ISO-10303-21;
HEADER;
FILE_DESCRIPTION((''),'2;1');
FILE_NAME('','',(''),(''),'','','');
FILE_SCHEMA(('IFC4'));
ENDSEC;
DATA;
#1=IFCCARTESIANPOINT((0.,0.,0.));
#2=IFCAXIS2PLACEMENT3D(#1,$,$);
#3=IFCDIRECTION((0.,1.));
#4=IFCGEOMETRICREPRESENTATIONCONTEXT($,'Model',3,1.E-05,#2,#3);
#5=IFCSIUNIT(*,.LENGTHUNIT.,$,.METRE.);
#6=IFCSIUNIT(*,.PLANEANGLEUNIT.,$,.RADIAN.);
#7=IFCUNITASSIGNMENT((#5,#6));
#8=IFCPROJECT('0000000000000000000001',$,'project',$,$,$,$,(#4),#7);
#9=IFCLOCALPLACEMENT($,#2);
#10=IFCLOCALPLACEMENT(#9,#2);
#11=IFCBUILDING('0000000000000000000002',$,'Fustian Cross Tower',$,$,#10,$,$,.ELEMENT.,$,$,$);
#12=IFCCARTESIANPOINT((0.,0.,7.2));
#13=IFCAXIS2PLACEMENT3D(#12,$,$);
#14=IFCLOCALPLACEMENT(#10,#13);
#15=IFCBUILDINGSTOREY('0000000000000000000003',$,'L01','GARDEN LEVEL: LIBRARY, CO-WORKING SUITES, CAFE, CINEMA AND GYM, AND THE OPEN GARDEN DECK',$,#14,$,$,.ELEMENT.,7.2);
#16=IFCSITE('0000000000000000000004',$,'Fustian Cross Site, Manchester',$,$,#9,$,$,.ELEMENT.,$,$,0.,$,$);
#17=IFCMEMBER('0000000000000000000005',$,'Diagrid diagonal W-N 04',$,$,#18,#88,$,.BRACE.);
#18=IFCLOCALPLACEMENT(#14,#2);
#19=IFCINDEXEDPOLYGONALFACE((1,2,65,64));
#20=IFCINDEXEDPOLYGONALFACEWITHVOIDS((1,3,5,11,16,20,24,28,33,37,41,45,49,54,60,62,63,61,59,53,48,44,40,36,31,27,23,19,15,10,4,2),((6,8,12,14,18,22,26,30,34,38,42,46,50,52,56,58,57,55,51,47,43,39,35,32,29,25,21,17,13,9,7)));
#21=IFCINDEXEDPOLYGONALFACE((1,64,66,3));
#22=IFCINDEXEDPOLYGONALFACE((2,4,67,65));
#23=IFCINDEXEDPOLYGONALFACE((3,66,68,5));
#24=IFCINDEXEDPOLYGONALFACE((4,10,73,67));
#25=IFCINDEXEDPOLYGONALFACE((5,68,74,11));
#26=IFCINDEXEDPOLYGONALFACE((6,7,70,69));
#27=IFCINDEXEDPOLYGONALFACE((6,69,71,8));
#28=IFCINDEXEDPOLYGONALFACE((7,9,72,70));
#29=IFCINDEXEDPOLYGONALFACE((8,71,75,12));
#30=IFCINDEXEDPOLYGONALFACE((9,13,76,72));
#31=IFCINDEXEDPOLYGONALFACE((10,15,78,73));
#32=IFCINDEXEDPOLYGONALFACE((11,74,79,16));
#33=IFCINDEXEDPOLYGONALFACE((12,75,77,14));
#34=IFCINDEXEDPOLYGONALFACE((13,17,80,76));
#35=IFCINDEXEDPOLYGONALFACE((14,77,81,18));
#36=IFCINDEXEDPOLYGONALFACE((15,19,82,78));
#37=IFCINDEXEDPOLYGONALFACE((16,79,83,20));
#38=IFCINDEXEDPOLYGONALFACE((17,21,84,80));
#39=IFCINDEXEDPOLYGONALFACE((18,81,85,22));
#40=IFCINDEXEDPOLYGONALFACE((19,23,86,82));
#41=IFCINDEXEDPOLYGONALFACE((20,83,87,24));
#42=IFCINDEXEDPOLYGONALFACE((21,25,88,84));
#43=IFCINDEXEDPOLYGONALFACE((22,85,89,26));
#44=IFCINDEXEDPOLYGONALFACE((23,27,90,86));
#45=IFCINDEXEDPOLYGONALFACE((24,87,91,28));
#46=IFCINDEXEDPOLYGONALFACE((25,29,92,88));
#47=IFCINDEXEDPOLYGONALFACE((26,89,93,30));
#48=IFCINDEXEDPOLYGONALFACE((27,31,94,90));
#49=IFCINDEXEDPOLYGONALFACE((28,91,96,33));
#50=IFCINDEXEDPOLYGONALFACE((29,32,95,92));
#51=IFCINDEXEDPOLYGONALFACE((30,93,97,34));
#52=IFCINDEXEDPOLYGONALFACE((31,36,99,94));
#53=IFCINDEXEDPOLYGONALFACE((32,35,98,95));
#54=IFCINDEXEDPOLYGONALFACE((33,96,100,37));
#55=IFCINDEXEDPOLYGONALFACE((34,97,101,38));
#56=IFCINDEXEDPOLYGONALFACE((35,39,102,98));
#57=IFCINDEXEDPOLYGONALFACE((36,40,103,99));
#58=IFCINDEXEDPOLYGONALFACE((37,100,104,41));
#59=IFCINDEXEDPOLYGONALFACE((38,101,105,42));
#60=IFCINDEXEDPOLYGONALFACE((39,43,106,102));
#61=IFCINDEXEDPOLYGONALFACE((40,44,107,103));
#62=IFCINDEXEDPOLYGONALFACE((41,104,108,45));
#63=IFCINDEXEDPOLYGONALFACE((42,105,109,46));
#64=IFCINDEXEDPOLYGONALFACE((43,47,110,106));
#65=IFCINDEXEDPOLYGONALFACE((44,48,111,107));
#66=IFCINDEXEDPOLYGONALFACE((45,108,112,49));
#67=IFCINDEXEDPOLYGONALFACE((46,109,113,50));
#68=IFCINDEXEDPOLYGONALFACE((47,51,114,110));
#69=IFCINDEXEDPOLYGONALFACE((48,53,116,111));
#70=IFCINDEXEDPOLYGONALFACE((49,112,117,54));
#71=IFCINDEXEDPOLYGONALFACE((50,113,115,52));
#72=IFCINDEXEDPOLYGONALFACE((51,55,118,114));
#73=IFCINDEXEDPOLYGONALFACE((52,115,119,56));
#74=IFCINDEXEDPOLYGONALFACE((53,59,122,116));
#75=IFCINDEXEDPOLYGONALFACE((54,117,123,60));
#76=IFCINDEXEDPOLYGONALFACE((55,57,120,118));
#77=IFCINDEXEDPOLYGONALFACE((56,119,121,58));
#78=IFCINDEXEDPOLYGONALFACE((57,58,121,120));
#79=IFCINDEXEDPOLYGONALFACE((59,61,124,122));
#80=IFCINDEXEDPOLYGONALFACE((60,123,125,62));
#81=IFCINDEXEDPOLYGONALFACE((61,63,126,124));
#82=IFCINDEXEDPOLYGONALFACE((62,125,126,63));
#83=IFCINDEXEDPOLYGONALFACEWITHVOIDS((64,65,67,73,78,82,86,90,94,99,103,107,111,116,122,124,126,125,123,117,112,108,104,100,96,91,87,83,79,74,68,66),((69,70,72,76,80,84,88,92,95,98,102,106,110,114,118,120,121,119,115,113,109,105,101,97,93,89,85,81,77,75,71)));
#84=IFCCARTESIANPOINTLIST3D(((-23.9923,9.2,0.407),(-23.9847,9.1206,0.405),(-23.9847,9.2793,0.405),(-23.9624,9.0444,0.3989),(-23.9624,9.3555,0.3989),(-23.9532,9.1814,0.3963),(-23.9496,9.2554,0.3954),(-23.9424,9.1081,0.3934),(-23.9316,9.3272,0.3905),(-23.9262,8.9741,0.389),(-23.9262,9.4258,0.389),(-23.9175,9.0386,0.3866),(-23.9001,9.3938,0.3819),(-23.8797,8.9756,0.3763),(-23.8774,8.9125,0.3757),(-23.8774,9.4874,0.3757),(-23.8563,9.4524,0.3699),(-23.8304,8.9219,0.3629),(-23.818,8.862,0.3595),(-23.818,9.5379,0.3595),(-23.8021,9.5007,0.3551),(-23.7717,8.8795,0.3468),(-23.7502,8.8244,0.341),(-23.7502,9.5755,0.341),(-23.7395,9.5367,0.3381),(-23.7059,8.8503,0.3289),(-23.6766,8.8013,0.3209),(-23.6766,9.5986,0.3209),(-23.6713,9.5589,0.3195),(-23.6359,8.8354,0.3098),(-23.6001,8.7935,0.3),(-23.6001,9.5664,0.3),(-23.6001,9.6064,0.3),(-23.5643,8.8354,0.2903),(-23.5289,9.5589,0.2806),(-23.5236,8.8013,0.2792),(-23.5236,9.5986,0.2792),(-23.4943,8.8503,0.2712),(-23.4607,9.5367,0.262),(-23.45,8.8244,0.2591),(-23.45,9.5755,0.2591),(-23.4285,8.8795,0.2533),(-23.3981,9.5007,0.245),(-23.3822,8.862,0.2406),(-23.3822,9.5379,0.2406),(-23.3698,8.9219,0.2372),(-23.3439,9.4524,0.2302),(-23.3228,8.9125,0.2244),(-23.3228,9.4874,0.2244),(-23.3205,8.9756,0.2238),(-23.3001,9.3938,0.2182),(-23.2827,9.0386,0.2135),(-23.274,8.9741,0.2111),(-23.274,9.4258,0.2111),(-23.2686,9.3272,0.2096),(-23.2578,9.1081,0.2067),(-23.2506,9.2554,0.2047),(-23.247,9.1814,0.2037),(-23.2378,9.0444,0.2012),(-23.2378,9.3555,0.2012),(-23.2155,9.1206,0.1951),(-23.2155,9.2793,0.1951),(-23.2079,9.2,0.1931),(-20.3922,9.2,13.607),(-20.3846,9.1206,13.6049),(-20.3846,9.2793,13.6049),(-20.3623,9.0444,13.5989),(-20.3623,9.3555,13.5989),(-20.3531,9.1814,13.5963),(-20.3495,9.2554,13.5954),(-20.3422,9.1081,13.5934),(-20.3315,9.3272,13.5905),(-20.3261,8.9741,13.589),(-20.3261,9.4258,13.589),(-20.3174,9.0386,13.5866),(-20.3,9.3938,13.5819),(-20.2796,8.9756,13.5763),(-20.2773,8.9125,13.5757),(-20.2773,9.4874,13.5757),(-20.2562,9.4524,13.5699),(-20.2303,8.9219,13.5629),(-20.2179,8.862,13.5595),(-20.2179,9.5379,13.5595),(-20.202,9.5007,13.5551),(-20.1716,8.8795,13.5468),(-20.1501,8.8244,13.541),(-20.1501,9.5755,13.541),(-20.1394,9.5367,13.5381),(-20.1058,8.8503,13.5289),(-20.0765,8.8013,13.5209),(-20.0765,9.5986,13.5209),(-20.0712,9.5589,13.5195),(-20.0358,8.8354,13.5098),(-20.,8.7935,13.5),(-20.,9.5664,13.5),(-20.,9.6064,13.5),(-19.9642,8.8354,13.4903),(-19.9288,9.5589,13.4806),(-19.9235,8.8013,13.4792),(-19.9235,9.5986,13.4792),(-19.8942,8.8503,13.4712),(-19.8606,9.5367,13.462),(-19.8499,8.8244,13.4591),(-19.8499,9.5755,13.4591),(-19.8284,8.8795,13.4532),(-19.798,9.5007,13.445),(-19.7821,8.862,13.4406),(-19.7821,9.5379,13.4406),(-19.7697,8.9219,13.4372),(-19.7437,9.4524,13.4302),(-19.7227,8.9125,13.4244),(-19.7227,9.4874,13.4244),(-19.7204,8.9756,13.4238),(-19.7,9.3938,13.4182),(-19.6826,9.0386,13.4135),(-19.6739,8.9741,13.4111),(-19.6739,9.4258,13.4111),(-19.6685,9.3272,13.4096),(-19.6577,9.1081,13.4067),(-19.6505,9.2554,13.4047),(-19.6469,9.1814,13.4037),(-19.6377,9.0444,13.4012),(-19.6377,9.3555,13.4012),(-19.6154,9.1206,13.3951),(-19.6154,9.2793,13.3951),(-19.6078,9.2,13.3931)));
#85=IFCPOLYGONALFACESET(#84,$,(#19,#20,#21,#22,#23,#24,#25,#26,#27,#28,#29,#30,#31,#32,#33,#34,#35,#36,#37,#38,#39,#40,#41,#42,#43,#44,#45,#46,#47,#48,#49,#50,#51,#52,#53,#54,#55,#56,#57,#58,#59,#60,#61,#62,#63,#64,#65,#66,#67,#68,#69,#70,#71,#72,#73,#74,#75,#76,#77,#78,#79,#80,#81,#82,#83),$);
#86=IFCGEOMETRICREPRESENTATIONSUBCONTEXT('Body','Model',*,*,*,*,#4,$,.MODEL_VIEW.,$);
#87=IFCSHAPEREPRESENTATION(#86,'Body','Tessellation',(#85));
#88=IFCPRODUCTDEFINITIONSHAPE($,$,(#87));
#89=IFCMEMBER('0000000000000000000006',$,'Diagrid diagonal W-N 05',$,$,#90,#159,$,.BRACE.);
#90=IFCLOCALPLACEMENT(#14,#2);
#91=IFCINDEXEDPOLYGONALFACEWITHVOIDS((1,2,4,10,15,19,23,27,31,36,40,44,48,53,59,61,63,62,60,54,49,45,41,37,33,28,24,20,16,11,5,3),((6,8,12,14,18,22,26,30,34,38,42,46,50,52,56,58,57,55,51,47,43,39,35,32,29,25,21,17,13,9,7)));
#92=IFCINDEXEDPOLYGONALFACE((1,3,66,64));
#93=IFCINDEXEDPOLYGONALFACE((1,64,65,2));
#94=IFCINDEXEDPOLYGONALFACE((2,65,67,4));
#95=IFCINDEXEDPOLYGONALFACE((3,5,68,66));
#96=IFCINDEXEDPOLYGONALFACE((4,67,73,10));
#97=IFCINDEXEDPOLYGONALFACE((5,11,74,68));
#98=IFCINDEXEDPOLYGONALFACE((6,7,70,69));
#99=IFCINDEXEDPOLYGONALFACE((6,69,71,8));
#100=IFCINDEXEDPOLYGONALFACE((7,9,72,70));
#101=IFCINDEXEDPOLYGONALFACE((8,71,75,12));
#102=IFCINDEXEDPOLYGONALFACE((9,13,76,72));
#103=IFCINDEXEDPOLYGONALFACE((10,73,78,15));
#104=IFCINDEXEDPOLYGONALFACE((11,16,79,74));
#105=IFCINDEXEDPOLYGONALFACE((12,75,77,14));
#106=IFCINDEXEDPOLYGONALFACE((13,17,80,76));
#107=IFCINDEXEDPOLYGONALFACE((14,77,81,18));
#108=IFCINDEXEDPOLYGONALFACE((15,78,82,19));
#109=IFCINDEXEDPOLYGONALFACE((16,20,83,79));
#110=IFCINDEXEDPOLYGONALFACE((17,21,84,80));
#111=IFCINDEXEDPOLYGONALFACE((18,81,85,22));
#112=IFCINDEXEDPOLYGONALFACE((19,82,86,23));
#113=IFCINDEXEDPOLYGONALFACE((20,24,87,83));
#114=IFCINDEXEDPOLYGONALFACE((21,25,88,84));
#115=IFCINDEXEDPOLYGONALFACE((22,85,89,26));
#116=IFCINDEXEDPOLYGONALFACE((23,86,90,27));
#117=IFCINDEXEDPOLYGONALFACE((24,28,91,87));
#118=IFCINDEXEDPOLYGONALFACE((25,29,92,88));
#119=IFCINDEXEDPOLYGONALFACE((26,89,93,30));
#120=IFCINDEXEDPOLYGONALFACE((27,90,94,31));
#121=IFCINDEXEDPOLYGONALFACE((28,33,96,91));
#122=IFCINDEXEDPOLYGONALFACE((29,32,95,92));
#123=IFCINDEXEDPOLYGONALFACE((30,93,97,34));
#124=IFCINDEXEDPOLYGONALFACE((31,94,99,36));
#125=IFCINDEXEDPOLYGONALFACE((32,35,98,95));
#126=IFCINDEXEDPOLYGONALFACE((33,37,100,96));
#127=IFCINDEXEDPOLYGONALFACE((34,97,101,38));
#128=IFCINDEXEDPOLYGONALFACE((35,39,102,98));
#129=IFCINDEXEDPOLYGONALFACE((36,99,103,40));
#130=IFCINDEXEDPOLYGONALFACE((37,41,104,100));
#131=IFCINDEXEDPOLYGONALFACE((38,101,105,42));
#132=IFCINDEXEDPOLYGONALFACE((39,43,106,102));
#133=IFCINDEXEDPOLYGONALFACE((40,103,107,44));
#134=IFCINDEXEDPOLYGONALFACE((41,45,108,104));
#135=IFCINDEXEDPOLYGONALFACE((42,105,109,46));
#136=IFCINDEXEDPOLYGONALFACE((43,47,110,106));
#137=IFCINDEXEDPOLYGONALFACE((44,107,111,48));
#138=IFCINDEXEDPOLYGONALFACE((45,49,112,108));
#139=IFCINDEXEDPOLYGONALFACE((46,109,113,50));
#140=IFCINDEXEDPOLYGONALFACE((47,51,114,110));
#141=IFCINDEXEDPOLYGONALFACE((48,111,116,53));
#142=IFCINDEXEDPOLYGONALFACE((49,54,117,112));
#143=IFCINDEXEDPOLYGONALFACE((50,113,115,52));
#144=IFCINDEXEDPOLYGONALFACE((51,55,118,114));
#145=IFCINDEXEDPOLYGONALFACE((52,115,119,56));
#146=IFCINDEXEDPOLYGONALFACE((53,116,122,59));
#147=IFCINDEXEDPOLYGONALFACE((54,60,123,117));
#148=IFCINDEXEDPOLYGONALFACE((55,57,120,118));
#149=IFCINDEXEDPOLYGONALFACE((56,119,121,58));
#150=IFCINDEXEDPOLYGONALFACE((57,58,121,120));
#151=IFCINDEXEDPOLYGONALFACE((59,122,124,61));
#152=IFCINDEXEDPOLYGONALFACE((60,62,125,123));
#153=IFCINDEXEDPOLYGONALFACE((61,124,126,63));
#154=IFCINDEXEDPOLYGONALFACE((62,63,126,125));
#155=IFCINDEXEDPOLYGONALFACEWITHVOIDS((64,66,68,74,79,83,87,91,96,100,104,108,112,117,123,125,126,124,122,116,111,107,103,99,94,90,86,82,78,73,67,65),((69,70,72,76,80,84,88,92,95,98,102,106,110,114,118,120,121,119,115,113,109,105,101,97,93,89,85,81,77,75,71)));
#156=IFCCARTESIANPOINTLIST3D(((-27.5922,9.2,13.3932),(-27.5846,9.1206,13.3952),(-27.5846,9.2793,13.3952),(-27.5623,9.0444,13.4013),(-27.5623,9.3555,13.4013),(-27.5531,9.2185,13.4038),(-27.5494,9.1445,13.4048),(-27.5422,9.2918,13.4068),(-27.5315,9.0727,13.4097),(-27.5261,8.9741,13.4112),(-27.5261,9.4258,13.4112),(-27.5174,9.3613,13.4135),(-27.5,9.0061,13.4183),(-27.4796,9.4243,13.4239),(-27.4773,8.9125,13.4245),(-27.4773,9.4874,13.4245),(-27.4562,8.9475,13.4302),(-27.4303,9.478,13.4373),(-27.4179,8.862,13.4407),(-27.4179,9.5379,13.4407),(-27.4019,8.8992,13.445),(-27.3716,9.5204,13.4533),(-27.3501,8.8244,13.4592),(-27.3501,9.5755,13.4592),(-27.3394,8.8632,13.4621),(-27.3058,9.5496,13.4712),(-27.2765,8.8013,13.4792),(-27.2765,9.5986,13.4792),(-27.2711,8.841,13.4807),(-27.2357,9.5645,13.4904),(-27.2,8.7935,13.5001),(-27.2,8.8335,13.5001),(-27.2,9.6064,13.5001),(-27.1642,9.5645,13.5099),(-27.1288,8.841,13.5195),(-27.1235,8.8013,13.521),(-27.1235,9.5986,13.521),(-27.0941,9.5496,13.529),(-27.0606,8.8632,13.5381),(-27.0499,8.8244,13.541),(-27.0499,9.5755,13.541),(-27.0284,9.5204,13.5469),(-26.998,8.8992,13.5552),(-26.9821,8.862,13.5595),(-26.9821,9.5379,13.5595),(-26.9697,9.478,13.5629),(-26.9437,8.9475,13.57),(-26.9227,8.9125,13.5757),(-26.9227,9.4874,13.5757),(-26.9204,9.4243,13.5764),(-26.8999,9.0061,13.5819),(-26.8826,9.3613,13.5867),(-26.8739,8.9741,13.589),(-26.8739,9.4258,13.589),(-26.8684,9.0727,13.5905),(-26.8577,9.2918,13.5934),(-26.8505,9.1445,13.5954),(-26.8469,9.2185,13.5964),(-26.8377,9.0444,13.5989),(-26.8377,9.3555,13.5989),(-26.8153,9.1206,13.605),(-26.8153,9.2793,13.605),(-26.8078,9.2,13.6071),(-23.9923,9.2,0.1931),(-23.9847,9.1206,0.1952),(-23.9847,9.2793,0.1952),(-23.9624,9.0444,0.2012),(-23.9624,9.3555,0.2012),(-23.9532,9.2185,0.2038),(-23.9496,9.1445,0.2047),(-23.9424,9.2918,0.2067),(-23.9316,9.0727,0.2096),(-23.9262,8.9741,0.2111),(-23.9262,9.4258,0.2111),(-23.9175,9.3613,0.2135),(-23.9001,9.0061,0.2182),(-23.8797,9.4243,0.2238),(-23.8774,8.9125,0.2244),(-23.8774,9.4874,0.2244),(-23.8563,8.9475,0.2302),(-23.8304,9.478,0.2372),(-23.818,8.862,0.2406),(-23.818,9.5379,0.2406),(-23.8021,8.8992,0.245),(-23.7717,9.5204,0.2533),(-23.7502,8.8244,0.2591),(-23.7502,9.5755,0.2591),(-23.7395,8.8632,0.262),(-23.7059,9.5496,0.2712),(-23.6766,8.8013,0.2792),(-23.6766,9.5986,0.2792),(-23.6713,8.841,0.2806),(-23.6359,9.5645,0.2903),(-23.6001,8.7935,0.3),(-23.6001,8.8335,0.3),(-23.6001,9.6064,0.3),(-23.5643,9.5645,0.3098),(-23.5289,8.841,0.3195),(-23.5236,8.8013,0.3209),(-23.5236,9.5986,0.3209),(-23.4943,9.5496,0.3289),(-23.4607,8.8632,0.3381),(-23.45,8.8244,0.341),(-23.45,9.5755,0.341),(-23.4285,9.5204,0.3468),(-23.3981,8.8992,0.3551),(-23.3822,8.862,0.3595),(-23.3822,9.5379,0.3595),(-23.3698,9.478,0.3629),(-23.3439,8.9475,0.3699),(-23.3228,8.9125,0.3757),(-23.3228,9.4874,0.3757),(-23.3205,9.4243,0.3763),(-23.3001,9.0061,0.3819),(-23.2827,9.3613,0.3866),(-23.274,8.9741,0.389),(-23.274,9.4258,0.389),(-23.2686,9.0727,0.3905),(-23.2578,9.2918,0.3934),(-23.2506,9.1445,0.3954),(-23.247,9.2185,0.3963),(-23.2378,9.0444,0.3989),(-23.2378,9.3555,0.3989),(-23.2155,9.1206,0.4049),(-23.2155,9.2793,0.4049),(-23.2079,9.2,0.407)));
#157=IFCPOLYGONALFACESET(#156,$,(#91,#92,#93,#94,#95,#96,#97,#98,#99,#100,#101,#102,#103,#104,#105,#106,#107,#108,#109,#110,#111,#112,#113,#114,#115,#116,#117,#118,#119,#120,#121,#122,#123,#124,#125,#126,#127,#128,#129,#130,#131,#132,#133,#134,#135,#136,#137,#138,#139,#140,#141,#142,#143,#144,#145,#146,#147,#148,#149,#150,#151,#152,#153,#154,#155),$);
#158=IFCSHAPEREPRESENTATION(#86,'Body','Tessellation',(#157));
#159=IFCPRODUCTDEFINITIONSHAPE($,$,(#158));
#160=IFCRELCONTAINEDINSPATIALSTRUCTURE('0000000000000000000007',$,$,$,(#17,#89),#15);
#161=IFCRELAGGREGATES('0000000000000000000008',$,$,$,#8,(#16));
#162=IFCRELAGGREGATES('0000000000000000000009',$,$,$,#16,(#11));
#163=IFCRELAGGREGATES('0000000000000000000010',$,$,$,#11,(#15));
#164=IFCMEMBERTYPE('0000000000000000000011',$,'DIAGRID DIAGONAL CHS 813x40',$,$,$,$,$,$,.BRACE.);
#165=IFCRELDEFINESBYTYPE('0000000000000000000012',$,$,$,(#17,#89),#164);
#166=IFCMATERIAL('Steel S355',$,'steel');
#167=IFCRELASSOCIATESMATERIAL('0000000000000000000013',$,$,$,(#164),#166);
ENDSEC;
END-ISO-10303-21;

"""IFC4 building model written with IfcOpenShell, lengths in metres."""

from ifc_helpers import new_model, si_unit, direction, frame, origin, origin_2d, place, context, subcontext, project, spatial, hollow_circle, extrude, material, material_profile, profile_set, type_object, element, save


model = new_model("IFC4")

# Units and contexts
model_context = context("Model", 3, precision=1e-05, world=origin(), true_north=direction((0.0, 1.0)))
body_context = subcontext(model_context, "Body", "Model", "MODEL_VIEW")
ifc_project = project(units=[si_unit("LENGTHUNIT", "METRE"), si_unit("PLANEANGLEUNIT", "RADIAN")], contexts=[model_context])

# Site, building, storey
site_placement = place(None, origin())
site = spatial("IfcSite", under=ifc_project, at=site_placement, Name="Fustian Cross Site, Manchester", CompositionType="ELEMENT", RefElevation=0.0)
building_placement = place(site_placement, origin())
building = spatial("IfcBuilding", under=site, at=building_placement, Name="Fustian Cross Tower", CompositionType="ELEMENT")
storey_placement = place(building_placement, frame((0.0, 0.0, 7.2)))
storey = spatial("IfcBuildingStorey", under=building, at=storey_placement, Name="L01", Description="GARDEN LEVEL: LIBRARY, CO-WORKING SUITES, CAFE, CINEMA AND GYM, AND THE OPEN GARDEN DECK", CompositionType="ELEMENT", Elevation=7.2)

# Members
ifc_material_1 = material(Name="Steel S355", Category="steel")
ifc_material_profile_1 = material_profile(ifc_material_1, hollow_circle(Radius=0.4065, WallThickness=0.04, at=origin_2d()), Name="CHS 813x40")
ifc_profile_set_1 = profile_set([ifc_material_profile_1], Name="Steel S355")
member_type_1 = type_object("IfcMemberType", Name="DIAGRID DIAGONAL CHS 813x40", PredefinedType="BRACE", material=ifc_profile_set_1)
for number, where, z_axis, x_axis, name in (
    (1, (-23.6001, 9.2, 0.3), (0.263125, 0.0, 0.964762), (0.0, 1.0, 0.0), "Diagrid diagonal W-N 04"),
    (2, (-23.6001, 9.2, 0.3), (-0.263108, 0.0, 0.964766), (0.0, -1.0, 0.0), "Diagrid diagonal W-N 05"),
):
    element("IfcMember", number, at=place(storey_placement, frame(where, z_axis=z_axis, x_axis=x_axis)), inside=storey, type_object=member_type_1, Name=name, PredefinedType="BRACE", context=body_context, shape_type="SweptSolid", body=[
        extrude(hollow_circle(Radius=0.4065, WallThickness=0.04, at=origin_2d()), origin(), (0.0, 0.0, 1.0), 13.6821),
    ])

save(model, "model.ifc")
